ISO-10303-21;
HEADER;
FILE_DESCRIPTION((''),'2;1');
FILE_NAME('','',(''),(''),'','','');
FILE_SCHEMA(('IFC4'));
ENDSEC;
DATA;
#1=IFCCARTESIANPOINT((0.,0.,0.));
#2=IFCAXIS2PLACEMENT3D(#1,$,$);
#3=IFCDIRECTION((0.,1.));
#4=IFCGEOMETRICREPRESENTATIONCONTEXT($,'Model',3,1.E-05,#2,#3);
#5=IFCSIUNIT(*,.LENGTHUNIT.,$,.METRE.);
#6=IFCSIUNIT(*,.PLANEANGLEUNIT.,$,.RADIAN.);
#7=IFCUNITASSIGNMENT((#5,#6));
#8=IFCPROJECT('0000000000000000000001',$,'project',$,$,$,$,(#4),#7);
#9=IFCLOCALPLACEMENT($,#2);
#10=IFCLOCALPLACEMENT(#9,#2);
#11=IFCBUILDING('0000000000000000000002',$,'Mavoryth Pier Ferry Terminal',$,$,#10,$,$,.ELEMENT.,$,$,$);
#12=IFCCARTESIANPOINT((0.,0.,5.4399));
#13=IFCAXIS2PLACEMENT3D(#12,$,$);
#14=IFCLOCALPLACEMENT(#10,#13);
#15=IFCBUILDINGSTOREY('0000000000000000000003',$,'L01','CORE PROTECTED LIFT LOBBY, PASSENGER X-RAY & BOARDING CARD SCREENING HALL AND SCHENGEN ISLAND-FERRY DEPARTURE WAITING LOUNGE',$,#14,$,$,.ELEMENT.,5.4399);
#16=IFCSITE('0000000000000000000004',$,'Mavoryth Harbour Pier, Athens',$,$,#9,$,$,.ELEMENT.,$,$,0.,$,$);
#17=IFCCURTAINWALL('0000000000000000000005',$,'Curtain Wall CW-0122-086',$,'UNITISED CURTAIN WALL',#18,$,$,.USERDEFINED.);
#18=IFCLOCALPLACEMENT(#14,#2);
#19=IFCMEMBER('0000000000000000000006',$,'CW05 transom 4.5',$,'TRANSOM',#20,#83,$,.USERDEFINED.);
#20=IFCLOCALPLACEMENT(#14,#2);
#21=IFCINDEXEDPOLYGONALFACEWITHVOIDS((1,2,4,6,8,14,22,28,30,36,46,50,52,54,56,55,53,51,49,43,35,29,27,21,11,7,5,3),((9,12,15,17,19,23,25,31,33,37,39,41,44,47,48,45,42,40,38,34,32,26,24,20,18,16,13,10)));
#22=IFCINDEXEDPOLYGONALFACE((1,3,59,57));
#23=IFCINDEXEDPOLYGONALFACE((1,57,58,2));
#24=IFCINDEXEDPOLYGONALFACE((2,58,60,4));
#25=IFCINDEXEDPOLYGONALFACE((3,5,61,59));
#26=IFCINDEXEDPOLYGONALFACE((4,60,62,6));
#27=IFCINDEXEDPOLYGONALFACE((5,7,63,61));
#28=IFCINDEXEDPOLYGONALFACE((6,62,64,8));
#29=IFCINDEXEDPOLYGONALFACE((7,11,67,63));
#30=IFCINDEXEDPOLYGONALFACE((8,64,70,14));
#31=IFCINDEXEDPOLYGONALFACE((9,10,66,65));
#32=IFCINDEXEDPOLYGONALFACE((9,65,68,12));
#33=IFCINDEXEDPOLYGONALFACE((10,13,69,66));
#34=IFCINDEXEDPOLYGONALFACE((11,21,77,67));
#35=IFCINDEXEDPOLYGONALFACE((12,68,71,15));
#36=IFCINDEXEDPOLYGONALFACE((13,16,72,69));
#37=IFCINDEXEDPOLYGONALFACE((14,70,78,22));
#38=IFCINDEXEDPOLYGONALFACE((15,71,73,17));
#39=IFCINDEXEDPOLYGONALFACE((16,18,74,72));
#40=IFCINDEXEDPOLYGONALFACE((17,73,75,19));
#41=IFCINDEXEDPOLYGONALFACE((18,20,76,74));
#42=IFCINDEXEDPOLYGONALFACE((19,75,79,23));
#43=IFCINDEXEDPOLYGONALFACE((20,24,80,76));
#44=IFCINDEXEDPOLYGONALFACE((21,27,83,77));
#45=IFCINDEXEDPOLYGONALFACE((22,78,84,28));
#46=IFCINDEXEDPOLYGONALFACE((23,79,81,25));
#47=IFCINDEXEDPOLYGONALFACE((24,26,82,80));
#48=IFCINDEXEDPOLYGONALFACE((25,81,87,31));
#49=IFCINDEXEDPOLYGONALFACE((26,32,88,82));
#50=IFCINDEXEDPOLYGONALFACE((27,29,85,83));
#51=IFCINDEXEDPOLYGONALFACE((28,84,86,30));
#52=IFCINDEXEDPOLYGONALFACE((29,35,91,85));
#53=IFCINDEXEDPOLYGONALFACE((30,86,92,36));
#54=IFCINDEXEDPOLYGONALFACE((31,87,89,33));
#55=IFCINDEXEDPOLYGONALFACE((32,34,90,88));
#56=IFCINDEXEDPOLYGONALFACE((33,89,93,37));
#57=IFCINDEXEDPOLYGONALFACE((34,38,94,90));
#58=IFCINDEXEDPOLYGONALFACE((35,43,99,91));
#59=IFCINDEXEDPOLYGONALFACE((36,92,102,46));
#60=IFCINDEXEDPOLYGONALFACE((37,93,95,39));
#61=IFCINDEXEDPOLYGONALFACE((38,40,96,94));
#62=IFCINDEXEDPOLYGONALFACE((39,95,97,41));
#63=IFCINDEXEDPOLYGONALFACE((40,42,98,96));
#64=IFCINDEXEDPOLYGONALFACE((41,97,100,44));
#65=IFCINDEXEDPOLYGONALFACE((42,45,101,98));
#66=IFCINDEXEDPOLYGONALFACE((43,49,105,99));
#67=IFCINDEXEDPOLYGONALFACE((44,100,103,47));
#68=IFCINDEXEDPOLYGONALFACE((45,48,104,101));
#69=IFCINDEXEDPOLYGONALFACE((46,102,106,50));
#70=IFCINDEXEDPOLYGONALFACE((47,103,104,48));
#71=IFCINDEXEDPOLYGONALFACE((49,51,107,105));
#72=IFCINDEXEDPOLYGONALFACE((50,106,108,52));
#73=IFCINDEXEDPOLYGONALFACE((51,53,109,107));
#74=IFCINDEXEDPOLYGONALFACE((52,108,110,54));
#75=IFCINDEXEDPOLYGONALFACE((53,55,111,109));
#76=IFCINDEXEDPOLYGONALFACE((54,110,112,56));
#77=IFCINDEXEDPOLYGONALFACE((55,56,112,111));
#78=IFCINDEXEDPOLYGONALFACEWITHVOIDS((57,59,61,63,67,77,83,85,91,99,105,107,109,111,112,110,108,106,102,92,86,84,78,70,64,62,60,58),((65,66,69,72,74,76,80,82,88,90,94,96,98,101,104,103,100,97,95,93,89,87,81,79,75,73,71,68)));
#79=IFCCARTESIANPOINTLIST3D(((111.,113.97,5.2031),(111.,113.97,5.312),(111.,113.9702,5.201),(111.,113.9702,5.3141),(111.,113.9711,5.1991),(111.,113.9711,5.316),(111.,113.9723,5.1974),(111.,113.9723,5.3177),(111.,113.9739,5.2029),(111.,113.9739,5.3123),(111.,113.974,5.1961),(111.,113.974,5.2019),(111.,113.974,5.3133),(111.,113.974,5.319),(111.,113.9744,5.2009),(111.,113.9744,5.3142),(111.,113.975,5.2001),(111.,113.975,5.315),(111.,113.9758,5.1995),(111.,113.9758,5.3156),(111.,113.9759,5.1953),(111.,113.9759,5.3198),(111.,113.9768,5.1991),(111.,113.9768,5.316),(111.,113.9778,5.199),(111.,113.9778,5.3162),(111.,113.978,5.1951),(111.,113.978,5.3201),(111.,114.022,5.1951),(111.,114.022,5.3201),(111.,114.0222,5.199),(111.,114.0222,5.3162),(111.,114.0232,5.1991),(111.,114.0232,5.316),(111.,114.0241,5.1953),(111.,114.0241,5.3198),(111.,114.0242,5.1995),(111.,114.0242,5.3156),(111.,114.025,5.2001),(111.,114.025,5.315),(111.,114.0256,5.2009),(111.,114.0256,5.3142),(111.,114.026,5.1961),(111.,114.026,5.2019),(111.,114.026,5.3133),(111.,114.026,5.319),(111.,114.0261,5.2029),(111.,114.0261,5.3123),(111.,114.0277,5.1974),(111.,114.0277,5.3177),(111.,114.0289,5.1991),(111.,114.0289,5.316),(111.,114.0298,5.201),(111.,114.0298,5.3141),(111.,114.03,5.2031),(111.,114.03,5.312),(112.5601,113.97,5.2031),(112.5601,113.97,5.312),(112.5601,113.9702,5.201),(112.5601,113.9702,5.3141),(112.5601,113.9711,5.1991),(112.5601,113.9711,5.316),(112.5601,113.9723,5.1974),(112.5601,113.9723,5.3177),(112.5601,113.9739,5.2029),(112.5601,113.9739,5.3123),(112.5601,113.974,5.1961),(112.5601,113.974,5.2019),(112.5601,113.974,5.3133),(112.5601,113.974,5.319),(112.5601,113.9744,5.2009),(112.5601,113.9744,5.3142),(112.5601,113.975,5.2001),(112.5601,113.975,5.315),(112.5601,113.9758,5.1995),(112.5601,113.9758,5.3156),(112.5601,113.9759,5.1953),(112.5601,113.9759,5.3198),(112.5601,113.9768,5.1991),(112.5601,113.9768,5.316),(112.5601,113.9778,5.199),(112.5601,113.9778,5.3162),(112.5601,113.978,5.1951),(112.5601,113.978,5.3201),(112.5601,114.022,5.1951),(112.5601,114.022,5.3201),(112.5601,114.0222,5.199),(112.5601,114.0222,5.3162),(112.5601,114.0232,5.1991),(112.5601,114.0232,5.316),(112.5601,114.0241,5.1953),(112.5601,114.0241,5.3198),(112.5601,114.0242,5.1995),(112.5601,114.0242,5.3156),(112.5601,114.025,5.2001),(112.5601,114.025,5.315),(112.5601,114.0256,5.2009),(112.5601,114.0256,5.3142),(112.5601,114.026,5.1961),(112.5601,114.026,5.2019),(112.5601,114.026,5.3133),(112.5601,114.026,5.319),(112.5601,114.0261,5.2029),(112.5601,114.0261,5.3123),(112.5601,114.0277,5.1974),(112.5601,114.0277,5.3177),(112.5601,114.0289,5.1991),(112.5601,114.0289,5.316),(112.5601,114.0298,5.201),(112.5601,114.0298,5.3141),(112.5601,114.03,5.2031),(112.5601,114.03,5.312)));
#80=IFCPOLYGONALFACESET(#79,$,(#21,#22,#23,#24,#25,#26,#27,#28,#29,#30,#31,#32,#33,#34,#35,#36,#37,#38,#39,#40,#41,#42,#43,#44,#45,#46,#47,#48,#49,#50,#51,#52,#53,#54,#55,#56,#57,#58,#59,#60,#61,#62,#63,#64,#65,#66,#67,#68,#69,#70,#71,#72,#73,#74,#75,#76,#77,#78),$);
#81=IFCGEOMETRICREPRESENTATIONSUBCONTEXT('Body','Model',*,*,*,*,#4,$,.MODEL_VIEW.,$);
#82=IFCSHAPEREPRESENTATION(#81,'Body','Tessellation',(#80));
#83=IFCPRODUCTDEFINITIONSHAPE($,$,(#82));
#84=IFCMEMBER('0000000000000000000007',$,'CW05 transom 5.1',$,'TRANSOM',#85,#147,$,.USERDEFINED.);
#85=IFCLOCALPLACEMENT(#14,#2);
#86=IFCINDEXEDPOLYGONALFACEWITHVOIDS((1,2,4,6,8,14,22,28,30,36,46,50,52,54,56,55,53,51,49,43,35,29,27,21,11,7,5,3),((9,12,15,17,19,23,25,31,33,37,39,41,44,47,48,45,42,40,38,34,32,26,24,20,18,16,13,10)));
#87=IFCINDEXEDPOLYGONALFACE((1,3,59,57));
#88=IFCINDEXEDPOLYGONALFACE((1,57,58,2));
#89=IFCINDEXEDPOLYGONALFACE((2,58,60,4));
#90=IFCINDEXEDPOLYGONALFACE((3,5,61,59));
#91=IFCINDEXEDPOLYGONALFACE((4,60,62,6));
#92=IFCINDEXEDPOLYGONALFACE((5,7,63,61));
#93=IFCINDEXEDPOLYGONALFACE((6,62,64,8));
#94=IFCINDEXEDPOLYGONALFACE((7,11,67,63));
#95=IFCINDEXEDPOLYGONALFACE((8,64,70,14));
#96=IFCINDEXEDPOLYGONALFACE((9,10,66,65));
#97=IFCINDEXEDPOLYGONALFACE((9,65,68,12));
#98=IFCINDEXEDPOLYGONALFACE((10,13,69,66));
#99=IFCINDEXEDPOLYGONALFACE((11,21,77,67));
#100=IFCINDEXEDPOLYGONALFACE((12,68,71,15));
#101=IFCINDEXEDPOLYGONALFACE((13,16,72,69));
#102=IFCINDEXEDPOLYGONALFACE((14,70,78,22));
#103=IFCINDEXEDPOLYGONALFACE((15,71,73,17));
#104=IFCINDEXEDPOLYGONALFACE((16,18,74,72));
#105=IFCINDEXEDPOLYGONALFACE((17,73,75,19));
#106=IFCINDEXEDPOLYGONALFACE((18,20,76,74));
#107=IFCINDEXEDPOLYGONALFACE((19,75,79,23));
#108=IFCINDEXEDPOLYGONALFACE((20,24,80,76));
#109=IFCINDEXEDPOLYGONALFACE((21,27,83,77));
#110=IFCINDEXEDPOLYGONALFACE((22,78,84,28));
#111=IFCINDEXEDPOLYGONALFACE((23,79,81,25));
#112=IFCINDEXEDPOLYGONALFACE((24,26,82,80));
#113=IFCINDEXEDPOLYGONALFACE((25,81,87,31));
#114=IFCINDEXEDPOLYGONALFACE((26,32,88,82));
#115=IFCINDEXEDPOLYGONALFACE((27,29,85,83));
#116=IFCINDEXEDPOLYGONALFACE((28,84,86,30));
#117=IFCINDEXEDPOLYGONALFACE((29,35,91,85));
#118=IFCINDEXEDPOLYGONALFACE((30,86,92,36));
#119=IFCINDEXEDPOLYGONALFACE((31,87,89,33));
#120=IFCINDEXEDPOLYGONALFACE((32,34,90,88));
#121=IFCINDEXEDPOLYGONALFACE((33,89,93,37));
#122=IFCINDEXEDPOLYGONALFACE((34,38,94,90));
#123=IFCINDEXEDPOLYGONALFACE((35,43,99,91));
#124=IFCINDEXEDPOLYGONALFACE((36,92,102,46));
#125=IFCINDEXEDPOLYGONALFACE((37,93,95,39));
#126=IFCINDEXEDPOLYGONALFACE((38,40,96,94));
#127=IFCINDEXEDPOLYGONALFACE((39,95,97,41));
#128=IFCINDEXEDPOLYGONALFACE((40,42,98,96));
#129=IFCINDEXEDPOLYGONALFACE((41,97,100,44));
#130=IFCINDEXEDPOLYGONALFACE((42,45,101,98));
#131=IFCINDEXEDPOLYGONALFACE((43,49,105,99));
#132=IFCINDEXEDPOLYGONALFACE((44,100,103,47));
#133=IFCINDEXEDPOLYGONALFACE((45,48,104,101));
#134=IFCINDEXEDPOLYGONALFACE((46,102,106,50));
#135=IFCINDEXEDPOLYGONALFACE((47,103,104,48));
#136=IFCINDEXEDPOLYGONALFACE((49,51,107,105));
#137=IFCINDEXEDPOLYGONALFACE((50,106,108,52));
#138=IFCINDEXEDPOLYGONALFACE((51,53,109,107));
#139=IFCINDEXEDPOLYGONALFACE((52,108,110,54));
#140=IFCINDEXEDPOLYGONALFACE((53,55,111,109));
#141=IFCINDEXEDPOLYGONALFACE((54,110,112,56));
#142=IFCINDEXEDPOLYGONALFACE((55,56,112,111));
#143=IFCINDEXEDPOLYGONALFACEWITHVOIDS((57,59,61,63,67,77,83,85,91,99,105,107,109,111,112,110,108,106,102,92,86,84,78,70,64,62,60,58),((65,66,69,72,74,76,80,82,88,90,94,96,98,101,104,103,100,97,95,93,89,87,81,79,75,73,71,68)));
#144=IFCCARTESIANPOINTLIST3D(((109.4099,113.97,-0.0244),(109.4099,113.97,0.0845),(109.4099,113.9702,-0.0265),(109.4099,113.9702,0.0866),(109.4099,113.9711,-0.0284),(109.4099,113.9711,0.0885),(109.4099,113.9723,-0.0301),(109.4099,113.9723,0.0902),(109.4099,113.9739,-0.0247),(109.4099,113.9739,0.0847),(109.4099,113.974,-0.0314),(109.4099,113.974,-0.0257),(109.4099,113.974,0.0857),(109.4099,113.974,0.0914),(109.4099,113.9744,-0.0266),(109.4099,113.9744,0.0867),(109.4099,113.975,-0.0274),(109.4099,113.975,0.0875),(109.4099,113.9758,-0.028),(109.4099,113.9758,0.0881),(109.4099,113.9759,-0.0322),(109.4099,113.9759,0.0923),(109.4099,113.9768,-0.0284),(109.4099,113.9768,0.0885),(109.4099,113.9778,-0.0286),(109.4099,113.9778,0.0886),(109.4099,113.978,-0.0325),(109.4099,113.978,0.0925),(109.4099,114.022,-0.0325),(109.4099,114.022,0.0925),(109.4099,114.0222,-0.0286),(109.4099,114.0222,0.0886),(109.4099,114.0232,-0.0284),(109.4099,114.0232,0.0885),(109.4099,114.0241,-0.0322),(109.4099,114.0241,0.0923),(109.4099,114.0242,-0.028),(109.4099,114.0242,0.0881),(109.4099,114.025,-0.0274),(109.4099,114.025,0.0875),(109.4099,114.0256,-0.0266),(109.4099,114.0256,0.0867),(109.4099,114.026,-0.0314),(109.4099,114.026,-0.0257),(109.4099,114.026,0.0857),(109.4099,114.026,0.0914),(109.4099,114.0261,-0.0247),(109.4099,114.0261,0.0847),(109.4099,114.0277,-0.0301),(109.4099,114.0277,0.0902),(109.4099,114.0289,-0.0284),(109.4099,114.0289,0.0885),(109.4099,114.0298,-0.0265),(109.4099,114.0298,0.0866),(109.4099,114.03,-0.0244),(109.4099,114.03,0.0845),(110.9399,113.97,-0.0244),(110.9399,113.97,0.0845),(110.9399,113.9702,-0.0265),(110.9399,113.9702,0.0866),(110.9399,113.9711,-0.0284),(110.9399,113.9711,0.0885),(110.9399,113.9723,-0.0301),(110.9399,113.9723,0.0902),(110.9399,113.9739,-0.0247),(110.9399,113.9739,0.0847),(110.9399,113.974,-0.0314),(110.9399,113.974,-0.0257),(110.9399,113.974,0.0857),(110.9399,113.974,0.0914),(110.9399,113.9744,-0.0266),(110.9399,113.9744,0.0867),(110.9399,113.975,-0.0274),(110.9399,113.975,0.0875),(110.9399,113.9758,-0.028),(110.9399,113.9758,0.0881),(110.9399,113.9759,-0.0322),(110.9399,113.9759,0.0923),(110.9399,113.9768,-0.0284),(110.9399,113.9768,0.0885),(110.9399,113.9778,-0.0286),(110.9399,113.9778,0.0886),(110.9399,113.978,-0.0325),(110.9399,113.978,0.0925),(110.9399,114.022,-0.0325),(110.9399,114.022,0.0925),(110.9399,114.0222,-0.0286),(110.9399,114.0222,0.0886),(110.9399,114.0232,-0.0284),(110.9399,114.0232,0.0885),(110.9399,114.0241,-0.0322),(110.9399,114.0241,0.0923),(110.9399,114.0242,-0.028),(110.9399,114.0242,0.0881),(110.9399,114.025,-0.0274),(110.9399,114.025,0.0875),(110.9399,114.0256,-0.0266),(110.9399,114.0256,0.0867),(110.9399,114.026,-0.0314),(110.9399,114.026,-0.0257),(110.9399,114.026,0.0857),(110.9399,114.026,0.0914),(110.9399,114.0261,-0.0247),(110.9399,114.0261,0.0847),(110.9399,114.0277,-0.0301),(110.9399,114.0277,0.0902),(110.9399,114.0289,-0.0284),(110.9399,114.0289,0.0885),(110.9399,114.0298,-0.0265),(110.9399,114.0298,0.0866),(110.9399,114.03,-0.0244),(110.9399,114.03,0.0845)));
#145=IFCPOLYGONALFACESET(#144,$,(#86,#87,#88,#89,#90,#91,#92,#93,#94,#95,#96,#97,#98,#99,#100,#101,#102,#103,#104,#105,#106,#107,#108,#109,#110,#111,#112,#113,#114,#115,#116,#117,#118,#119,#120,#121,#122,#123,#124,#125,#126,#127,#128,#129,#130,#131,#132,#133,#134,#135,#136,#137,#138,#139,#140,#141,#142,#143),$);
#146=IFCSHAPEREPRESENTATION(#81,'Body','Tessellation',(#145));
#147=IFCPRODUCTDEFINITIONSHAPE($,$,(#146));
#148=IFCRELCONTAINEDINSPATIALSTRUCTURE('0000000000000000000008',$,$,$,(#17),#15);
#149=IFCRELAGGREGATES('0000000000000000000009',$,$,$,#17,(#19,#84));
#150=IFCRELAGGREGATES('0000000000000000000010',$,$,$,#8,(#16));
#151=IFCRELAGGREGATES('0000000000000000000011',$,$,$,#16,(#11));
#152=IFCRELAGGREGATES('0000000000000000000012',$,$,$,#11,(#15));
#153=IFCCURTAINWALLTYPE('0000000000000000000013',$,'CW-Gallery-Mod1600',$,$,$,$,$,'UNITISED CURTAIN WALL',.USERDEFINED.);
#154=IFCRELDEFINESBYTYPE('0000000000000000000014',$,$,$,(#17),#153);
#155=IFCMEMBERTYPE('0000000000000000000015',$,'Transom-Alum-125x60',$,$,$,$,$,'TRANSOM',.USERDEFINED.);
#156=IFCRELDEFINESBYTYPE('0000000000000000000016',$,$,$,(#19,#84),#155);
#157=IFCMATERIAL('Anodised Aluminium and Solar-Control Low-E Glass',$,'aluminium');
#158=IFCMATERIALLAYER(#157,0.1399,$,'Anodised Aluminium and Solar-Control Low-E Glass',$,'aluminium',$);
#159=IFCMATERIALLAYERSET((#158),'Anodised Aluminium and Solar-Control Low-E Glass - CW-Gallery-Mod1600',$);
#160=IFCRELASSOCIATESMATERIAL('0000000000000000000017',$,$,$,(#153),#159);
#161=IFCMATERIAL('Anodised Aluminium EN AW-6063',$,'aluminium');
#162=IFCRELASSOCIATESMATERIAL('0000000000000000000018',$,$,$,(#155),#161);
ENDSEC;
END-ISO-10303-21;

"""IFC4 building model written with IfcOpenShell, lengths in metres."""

from ifc_helpers import new_model, si_unit, direction, frame, origin, origin_2d, place, context, subcontext, project, spatial, hollow_rectangle, extrude, material, layer, layer_set, material_profile, profile_set, type_object, element, aggregate, save


model = new_model("IFC4")

# Units and contexts
model_context = context("Model", 3, precision=1e-05, world=origin(), true_north=direction((0.0, 1.0)))
body_context = subcontext(model_context, "Body", "Model", "MODEL_VIEW")
ifc_project = project(units=[si_unit("LENGTHUNIT", "METRE"), si_unit("PLANEANGLEUNIT", "RADIAN")], contexts=[model_context])

# Site, building, storey
site_placement = place(None, origin())
site = spatial("IfcSite", under=ifc_project, at=site_placement, Name="Mavoryth Harbour Pier, Athens", CompositionType="ELEMENT", RefElevation=0.0)
building_placement = place(site_placement, origin())
building = spatial("IfcBuilding", under=site, at=building_placement, Name="Mavoryth Pier Ferry Terminal", CompositionType="ELEMENT")
storey_placement = place(building_placement, frame((0.0, 0.0, 5.4399)))
storey = spatial("IfcBuildingStorey", under=building, at=storey_placement, Name="L01", Description="CORE PROTECTED LIFT LOBBY, PASSENGER X-RAY & BOARDING CARD SCREENING HALL AND SCHENGEN ISLAND-FERRY DEPARTURE WAITING LOUNGE", CompositionType="ELEMENT", Elevation=5.4399)

# Curtain wall
ifc_material_1 = material(Name="Anodised Aluminium and Solar-Control Low-E Glass", Category="aluminium")
ifc_layer_1 = layer(ifc_material_1, 0.1399, Name="Anodised Aluminium and Solar-Control Low-E Glass", Category="aluminium")
ifc_layer_set_1 = layer_set([ifc_layer_1], Name="Anodised Aluminium and Solar-Control Low-E Glass - CW-Gallery-Mod1600")
curtain_wall_type = type_object("IfcCurtainWallType", Name="CW-Gallery-Mod1600", ElementType="UNITISED CURTAIN WALL", PredefinedType="USERDEFINED", material=ifc_layer_set_1)
ifc_material_2 = material(Name="Anodised Aluminium EN AW-6063", Category="aluminium")
curtain_wall_1_placement = place(storey_placement, origin())
curtain_wall_1 = element("IfcCurtainWall", 1, at=curtain_wall_1_placement, inside=storey, type_object=curtain_wall_type, Name="Curtain Wall CW-0122-086", ObjectType="UNITISED CURTAIN WALL", PredefinedType="USERDEFINED")

# Members
ifc_material_profile_1 = material_profile(ifc_material_2, hollow_rectangle(XDim=0.0601, YDim=0.125, WallThickness=0.0039, InnerFilletRadius=0.0039, OuterFilletRadius=0.0081, at=origin_2d()), Name="AL-TRAN 125x60x4", Category="aluminium")
ifc_profile_set_1 = profile_set([ifc_material_profile_1], Name="Anodised Aluminium EN AW-6063 - AL-TRAN 125x60x4")
member_type_1 = type_object("IfcMemberType", Name="Transom-Alum-125x60", ElementType="TRANSOM", PredefinedType="USERDEFINED", material=ifc_profile_set_1)
member_1_placement = place(storey_placement, frame((112.5601, 114.0, 5.2576), z_axis=(-1.0, 0.0, 0.0), x_axis=(0.0, -1.0, 0.0)))
member_1 = element("IfcMember", 2, at=member_1_placement, type_object=member_type_1, Name="CW05 transom 4.5", ObjectType="TRANSOM", PredefinedType="USERDEFINED", context=body_context, shape_type="SweptSolid", body=[
    extrude(hollow_rectangle(XDim=0.0601, YDim=0.125, WallThickness=0.0039, InnerFilletRadius=0.0039, OuterFilletRadius=0.0081, at=origin_2d()), origin(), (0.0, 0.0, 1.0), 1.5601),
])
member_2_placement = place(storey_placement, frame((110.9399, 114.0, 0.03), z_axis=(-1.0, 0.0, 0.0), x_axis=(0.0, -1.0, 0.0)))
member_2 = element("IfcMember", 3, at=member_2_placement, type_object=member_type_1, Name="CW05 transom 5.1", ObjectType="TRANSOM", PredefinedType="USERDEFINED", context=body_context, shape_type="SweptSolid", body=[
    extrude(hollow_rectangle(XDim=0.0601, YDim=0.125, WallThickness=0.0039, InnerFilletRadius=0.0039, OuterFilletRadius=0.0081, at=origin_2d()), origin(), (0.0, 0.0, 1.0), 1.53),
])

aggregate(curtain_wall_1, [member_1, member_2])

save(model, "model.ifc")
